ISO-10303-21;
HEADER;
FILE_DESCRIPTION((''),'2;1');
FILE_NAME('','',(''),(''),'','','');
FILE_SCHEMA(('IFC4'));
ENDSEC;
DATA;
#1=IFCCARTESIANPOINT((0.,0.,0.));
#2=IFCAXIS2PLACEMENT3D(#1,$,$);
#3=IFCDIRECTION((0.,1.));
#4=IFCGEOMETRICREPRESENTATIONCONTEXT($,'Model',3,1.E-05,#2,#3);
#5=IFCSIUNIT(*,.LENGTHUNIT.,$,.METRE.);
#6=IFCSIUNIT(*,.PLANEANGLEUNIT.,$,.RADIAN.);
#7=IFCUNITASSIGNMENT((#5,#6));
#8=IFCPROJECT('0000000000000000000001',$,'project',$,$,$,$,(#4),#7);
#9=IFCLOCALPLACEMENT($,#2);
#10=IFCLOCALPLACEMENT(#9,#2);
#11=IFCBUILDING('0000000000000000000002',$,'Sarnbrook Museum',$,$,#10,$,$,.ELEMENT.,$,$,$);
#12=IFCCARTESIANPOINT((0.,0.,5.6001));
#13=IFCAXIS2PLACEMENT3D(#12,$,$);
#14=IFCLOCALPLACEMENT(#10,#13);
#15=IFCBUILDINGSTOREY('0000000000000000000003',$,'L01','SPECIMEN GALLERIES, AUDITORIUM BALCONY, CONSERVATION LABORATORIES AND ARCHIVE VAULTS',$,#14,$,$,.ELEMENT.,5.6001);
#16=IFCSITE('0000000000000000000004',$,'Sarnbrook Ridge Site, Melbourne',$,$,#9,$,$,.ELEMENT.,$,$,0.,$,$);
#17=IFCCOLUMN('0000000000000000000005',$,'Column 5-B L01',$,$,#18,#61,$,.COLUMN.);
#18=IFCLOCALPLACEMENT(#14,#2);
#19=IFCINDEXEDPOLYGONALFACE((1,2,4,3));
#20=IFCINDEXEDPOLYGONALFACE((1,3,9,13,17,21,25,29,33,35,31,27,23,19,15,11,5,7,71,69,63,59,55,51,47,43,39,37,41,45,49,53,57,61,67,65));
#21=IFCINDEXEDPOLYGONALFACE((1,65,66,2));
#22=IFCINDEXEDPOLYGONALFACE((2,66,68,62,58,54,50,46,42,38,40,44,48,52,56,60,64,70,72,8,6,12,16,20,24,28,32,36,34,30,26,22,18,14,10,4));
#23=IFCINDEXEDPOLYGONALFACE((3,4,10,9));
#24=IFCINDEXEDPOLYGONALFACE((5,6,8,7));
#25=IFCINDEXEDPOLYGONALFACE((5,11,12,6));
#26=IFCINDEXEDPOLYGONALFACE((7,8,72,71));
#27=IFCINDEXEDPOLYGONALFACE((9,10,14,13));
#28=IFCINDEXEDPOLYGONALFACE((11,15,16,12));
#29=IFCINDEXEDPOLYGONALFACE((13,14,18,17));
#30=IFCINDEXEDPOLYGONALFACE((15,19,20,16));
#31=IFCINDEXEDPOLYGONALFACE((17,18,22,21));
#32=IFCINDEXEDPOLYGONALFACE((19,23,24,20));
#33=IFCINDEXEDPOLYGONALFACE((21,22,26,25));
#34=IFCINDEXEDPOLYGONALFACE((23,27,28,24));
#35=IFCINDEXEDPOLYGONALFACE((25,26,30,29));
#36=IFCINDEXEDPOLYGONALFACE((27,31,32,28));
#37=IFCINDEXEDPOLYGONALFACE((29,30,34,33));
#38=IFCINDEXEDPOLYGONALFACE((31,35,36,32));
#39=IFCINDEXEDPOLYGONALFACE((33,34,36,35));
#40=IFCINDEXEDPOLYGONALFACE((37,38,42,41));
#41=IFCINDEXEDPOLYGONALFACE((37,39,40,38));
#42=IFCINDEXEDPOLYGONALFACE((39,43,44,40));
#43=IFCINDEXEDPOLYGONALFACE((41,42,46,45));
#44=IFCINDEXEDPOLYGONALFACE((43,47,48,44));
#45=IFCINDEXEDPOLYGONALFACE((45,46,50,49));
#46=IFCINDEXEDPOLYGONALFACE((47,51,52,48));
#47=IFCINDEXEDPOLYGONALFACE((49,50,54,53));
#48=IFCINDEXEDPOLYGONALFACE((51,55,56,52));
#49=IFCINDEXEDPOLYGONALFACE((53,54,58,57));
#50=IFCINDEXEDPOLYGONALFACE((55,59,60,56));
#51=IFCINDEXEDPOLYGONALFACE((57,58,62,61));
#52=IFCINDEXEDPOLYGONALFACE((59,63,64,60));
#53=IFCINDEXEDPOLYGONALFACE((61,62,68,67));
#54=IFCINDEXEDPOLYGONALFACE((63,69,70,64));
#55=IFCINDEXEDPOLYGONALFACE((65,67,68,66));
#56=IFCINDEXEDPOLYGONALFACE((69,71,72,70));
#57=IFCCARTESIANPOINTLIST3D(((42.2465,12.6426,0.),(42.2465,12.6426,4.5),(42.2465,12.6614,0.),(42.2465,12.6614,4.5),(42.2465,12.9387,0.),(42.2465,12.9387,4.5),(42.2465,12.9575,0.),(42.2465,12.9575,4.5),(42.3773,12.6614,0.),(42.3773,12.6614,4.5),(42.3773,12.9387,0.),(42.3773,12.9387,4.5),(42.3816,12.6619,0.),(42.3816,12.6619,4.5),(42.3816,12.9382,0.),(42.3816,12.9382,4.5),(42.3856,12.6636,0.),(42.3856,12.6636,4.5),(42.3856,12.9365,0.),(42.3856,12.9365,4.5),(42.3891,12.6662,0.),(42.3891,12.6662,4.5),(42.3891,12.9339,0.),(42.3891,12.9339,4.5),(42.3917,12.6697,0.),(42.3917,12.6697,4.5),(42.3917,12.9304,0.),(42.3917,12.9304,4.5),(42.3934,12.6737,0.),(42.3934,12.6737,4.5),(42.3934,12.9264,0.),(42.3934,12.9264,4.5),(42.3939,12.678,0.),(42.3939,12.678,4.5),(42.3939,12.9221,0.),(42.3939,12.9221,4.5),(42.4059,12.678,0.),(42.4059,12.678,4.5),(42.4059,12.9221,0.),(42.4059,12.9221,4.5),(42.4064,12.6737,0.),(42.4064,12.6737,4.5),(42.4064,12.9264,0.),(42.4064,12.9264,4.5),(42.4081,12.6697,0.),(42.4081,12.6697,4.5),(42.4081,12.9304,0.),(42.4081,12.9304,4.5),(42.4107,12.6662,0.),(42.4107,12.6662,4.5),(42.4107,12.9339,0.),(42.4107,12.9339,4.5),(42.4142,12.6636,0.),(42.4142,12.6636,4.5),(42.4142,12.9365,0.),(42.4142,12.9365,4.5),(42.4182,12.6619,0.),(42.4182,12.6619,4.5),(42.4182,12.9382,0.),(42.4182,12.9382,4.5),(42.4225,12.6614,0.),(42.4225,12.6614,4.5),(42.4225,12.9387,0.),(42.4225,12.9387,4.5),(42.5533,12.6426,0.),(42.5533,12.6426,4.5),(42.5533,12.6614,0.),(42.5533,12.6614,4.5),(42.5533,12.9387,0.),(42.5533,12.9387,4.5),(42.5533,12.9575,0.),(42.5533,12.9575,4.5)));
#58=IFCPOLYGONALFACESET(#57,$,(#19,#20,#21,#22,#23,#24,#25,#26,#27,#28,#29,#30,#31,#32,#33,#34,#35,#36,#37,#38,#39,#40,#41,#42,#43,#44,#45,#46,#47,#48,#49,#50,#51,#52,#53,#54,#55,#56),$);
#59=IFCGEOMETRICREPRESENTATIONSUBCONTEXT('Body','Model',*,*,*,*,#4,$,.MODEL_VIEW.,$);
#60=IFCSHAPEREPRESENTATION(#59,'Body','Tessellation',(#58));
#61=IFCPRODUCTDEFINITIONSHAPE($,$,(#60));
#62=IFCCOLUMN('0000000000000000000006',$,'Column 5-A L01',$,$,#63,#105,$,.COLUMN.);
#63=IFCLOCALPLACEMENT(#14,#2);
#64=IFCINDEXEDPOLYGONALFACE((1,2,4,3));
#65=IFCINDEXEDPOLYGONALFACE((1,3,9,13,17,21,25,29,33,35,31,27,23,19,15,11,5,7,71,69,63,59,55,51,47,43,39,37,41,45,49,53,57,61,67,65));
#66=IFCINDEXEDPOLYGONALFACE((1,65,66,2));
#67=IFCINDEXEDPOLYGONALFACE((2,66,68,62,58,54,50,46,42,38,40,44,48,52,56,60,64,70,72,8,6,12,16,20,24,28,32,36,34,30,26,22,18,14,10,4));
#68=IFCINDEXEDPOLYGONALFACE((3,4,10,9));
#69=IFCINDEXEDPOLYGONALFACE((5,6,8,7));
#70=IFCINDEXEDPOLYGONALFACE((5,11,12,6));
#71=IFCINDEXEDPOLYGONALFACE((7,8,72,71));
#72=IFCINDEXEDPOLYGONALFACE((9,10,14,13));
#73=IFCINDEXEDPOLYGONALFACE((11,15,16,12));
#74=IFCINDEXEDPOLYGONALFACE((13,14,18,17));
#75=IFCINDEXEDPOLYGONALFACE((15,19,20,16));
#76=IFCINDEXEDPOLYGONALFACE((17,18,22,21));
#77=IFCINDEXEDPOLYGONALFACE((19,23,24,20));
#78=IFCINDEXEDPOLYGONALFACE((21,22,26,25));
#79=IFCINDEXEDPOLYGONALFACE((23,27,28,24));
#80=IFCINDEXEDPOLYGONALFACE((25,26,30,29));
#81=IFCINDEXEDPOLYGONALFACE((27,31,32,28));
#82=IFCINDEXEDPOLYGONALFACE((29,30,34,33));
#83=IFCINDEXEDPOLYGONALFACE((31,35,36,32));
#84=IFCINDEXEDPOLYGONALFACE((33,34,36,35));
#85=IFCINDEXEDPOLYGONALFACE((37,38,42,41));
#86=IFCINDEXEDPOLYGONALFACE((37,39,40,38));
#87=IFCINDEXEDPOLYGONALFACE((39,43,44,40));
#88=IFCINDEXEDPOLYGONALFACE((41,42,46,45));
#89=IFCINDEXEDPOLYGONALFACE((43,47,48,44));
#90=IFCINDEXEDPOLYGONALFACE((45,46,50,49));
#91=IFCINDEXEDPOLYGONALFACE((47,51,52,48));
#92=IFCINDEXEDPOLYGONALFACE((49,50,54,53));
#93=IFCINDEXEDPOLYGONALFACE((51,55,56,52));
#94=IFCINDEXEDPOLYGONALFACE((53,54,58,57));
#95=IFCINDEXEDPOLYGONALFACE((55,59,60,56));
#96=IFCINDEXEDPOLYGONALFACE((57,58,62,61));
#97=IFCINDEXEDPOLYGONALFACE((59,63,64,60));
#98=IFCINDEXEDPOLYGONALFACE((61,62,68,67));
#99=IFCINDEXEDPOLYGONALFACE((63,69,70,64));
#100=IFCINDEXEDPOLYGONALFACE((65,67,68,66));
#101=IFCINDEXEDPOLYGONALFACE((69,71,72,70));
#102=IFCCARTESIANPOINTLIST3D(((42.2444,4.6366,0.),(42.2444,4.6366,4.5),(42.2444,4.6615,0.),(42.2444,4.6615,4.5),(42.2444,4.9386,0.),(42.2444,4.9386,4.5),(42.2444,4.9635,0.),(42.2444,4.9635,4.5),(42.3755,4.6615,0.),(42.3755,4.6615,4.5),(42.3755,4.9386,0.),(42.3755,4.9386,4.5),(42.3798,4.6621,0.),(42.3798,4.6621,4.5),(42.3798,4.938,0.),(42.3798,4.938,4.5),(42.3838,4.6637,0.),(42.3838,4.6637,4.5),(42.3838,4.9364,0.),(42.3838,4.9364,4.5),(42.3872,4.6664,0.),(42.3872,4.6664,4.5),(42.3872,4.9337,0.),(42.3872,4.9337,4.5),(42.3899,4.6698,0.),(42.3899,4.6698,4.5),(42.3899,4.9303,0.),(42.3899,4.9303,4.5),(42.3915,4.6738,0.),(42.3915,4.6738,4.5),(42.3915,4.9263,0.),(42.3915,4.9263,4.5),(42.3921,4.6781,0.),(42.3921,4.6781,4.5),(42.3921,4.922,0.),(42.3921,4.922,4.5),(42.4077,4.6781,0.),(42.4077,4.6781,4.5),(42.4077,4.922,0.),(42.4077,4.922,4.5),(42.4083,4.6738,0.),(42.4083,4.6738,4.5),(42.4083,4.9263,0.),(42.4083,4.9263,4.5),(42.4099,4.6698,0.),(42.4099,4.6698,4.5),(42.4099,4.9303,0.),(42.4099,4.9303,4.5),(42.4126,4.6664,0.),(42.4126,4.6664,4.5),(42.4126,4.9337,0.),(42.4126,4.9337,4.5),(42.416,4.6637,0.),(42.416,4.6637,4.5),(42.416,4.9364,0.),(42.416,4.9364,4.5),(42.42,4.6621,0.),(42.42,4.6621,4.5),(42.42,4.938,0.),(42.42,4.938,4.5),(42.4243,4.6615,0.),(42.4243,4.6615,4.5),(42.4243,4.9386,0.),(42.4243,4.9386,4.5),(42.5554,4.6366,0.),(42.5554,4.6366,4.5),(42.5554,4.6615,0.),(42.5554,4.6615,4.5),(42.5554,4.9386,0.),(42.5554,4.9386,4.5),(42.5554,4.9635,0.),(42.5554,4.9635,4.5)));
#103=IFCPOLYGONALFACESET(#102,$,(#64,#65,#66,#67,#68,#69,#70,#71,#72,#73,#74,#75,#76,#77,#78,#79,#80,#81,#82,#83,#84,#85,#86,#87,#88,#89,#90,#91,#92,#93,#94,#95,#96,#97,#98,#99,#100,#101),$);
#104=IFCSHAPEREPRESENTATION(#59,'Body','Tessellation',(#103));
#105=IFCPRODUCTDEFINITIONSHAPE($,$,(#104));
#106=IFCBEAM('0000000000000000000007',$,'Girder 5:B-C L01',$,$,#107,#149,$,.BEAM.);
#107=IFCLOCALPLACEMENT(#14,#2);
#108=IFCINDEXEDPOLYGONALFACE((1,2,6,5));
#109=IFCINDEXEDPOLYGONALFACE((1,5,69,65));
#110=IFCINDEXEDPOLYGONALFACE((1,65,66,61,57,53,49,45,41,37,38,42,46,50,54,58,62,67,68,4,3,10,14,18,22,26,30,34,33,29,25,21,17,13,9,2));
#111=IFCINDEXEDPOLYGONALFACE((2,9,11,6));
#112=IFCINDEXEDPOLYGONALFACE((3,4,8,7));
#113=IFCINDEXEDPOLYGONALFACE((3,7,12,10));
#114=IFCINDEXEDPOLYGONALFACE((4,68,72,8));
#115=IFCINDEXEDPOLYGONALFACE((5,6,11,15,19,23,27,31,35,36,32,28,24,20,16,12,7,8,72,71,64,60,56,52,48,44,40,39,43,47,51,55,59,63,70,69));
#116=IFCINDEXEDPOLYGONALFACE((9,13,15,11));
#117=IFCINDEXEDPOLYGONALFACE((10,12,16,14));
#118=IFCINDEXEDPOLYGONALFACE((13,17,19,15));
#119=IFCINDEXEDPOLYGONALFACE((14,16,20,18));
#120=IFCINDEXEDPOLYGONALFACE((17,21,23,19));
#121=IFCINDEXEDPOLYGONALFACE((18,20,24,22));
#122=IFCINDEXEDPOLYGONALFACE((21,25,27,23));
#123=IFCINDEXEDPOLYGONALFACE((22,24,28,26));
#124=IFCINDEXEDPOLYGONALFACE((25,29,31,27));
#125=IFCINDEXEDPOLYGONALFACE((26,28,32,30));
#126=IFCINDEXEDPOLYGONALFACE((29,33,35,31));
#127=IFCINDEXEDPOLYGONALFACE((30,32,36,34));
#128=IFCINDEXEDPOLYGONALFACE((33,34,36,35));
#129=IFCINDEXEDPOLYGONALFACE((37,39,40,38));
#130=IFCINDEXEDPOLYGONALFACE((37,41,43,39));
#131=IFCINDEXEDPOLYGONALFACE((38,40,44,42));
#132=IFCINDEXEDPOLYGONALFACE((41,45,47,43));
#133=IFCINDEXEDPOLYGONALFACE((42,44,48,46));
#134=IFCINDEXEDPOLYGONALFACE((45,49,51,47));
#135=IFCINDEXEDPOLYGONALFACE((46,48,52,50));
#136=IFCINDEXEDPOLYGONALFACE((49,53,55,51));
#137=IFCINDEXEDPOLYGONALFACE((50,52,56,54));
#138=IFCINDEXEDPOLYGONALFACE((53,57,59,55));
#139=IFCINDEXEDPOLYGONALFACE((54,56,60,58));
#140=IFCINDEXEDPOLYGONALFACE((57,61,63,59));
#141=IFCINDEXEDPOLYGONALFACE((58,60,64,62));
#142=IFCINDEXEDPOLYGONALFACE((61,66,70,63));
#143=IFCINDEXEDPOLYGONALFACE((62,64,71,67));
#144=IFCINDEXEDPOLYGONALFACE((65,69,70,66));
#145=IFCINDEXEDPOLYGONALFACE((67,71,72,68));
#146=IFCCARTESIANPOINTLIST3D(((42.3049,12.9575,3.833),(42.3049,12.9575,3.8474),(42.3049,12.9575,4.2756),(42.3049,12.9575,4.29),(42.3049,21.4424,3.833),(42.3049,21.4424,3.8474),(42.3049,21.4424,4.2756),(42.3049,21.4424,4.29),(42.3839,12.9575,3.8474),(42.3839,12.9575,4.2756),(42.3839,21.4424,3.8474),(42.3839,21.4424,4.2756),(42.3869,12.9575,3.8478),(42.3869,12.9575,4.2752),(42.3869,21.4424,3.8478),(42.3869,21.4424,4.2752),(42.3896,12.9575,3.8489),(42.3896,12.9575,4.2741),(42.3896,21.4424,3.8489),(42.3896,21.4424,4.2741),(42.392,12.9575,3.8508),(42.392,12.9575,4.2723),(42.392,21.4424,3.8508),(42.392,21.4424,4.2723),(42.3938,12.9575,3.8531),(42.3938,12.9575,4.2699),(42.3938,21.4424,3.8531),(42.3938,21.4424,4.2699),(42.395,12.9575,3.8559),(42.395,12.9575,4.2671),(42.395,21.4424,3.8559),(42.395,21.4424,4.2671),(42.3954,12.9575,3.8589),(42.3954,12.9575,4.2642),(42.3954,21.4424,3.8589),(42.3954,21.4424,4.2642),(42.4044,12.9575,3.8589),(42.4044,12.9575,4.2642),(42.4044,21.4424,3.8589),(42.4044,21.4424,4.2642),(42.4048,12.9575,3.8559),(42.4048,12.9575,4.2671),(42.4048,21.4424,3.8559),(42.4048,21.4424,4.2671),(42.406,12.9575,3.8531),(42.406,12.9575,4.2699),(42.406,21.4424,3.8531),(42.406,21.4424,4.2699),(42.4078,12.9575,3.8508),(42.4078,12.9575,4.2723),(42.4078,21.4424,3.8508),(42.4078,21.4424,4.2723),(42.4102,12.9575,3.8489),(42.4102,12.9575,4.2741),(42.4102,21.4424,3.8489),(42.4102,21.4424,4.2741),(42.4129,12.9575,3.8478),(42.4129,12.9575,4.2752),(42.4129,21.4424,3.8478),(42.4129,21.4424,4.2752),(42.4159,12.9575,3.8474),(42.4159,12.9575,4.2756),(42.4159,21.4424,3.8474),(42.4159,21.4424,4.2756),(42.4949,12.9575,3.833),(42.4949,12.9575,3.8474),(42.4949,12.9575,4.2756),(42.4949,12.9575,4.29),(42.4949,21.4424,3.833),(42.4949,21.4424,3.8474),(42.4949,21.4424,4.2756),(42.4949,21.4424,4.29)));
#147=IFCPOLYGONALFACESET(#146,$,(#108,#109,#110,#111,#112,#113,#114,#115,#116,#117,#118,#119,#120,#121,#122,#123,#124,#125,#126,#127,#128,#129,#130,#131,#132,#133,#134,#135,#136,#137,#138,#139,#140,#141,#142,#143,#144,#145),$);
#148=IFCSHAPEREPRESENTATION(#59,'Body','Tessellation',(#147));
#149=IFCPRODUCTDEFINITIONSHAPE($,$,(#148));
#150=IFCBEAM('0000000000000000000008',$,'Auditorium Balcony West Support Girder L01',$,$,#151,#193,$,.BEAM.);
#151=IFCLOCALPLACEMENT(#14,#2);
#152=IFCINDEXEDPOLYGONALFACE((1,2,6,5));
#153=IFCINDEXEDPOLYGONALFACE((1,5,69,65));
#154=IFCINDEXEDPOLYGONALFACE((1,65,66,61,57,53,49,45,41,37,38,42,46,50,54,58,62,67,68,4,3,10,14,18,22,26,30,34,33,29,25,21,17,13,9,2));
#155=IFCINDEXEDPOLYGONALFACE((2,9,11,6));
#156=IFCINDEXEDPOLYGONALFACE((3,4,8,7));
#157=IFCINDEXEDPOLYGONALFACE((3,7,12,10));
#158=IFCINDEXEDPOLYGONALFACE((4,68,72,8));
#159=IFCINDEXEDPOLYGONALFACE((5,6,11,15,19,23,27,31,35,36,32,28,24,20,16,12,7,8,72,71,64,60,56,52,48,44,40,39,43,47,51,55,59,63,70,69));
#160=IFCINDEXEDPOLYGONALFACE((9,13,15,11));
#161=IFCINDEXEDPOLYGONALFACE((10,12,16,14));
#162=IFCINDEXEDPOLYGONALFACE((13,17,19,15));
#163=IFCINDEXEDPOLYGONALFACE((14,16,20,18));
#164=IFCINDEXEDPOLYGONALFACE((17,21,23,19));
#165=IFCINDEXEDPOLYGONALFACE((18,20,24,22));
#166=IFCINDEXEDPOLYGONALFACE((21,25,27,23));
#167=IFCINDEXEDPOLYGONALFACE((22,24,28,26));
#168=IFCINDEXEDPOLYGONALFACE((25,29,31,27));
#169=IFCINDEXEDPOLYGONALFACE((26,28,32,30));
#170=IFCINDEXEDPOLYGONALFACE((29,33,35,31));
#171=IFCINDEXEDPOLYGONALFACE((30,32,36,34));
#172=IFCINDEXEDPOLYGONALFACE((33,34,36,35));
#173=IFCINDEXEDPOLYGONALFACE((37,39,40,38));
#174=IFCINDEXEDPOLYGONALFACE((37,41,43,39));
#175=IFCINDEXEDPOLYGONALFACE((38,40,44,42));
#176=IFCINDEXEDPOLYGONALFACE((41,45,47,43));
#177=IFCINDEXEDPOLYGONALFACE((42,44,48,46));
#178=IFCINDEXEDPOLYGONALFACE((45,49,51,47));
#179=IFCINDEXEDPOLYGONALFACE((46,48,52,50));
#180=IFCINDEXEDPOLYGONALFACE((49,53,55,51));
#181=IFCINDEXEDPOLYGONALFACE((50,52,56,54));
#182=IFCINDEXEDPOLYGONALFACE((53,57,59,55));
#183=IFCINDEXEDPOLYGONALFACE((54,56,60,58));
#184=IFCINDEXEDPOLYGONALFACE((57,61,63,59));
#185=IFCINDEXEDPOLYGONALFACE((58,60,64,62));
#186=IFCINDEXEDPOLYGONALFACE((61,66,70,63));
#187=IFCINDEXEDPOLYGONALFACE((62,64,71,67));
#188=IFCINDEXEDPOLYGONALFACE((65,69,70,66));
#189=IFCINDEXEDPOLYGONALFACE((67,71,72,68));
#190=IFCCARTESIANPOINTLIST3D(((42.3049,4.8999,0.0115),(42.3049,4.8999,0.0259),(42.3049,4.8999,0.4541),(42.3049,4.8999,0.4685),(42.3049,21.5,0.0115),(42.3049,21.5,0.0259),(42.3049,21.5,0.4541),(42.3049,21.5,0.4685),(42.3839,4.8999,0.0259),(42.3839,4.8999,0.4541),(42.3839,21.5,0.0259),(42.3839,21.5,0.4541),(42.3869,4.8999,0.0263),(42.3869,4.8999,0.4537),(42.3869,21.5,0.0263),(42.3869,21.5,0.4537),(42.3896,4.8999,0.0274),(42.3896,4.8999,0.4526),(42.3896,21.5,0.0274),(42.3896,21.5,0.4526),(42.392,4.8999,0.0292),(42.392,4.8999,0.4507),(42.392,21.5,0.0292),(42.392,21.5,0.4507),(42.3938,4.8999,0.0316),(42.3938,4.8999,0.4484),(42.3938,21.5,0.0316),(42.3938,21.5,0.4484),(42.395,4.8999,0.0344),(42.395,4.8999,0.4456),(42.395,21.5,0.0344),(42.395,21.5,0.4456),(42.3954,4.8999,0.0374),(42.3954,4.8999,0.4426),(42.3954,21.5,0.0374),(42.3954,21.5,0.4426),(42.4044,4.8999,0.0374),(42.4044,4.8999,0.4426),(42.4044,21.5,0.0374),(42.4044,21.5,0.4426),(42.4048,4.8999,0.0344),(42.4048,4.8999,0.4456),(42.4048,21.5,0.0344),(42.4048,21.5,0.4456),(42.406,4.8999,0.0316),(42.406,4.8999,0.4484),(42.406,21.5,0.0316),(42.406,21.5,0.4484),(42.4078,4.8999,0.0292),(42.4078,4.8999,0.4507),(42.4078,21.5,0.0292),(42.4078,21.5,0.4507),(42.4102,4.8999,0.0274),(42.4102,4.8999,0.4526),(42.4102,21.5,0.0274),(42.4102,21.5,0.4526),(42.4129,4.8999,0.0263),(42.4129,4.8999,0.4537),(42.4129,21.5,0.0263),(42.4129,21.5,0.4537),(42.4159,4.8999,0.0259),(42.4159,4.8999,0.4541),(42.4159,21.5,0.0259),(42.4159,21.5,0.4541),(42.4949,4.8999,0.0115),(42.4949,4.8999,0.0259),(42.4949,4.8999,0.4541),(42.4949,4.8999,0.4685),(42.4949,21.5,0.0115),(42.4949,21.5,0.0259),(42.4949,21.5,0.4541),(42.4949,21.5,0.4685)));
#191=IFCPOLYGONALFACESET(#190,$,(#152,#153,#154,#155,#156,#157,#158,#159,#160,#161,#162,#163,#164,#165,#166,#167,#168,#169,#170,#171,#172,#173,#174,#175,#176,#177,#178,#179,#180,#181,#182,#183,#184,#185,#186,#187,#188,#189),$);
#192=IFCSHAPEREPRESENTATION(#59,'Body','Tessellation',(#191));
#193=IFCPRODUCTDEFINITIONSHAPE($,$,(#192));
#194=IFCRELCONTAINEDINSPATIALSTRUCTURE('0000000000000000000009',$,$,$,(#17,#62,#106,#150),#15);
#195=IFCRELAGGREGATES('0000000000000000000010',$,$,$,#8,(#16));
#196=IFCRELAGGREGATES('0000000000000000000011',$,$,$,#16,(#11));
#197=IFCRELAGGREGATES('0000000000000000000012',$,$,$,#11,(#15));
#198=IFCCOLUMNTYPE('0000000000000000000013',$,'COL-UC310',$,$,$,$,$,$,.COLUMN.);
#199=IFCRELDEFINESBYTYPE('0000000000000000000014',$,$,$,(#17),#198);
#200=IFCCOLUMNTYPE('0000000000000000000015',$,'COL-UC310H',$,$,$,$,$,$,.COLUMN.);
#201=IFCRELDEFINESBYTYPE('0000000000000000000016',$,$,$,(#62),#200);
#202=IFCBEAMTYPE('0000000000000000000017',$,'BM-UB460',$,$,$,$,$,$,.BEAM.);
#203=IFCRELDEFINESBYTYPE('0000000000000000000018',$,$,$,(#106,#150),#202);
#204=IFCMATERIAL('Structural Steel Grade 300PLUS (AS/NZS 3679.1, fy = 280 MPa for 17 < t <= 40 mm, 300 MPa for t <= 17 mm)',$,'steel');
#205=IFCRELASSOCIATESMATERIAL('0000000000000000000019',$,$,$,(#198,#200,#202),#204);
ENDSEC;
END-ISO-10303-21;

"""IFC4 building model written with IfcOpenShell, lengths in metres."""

from ifc_helpers import new_model, si_unit, direction, frame, origin, origin_2d, place, context, subcontext, project, spatial, i_section, extrude, material, material_profile, profile_set, type_object, element, save


model = new_model("IFC4")

# Units and contexts
model_context = context("Model", 3, precision=1e-05, world=origin(), true_north=direction((0.0, 1.0)))
body_context = subcontext(model_context, "Body", "Model", "MODEL_VIEW")
ifc_project = project(units=[si_unit("LENGTHUNIT", "METRE"), si_unit("PLANEANGLEUNIT", "RADIAN")], contexts=[model_context])

# Site, building, storey
site_placement = place(None, origin())
site = spatial("IfcSite", under=ifc_project, at=site_placement, Name="Sarnbrook Ridge Site, Melbourne", CompositionType="ELEMENT", RefElevation=0.0)
building_placement = place(site_placement, origin())
building = spatial("IfcBuilding", under=site, at=building_placement, Name="Sarnbrook Museum", CompositionType="ELEMENT")
storey_placement = place(building_placement, frame((0.0, 0.0, 5.6001)))
storey = spatial("IfcBuildingStorey", under=building, at=storey_placement, Name="L01", Description="SPECIMEN GALLERIES, AUDITORIUM BALCONY, CONSERVATION LABORATORIES AND ARCHIVE VAULTS", CompositionType="ELEMENT", Elevation=5.6001)

# Columns
ifc_material_1 = material(Name="Structural Steel Grade 300PLUS (AS/NZS 3679.1, fy = 280 MPa for 17 < t <= 40 mm, 300 MPa for t <= 17 mm)", Category="steel")
ifc_material_profile_1 = material_profile(ifc_material_1, i_section(OverallWidth=0.3069, OverallDepth=0.3149, WebThickness=0.012, FlangeThickness=0.0188, FilletRadius=0.0166, at=origin_2d()), Name="310UC118")
ifc_profile_set_1 = profile_set([ifc_material_profile_1], Name="Structural Steel Grade 300PLUS (AS/NZS 3679.1, fy = 280 MPa for 17 < t <= 40 mm, 300 MPa for t <= 17 mm)")
column_type_1 = type_object("IfcColumnType", Name="COL-UC310", PredefinedType="COLUMN", material=ifc_profile_set_1)
column_1_placement = place(storey_placement, frame((42.3999, 12.8, 0.0), z_axis=(0.0, 0.0, 1.0), x_axis=(1.0, 0.0, 0.0)))
element("IfcColumn", 1, at=column_1_placement, inside=storey, type_object=column_type_1, Name="Column 5-B L01", PredefinedType="COLUMN", context=body_context, shape_type="SweptSolid", body=[
    extrude(i_section(OverallWidth=0.3069, OverallDepth=0.3149, WebThickness=0.012, FlangeThickness=0.0188, FilletRadius=0.0166, at=origin_2d()), origin(), (0.0, 0.0, 1.0), 4.5),
])
ifc_material_profile_2 = material_profile(ifc_material_1, i_section(OverallWidth=0.311, OverallDepth=0.3269, WebThickness=0.0156, FlangeThickness=0.0249, FilletRadius=0.0166, at=origin_2d()), Name="310UC158")
ifc_profile_set_2 = profile_set([ifc_material_profile_2], Name="Structural Steel Grade 300PLUS (AS/NZS 3679.1, fy = 280 MPa for 17 < t <= 40 mm, 300 MPa for t <= 17 mm)")
column_type_2 = type_object("IfcColumnType", Name="COL-UC310H", PredefinedType="COLUMN", material=ifc_profile_set_2)
column_2_placement = place(storey_placement, frame((42.3999, 4.8, 0.0), z_axis=(0.0, 0.0, 1.0), x_axis=(1.0, 0.0, 0.0)))
element("IfcColumn", 2, at=column_2_placement, inside=storey, type_object=column_type_2, Name="Column 5-A L01", PredefinedType="COLUMN", context=body_context, shape_type="SweptSolid", body=[
    extrude(i_section(OverallWidth=0.311, OverallDepth=0.3269, WebThickness=0.0156, FlangeThickness=0.0249, FilletRadius=0.0166, at=origin_2d()), origin(), (0.0, 0.0, 1.0), 4.5),
])

# Beams
ifc_material_profile_3 = material_profile(ifc_material_1, i_section(OverallWidth=0.1899, OverallDepth=0.457, WebThickness=0.009, FlangeThickness=0.0144, FilletRadius=0.0115, at=origin_2d()), Name="460UB74.6")
ifc_profile_set_3 = profile_set([ifc_material_profile_3], Name="Structural Steel Grade 300PLUS (AS/NZS 3679.1, fy = 280 MPa for 17 < t <= 40 mm, 300 MPa for t <= 17 mm)")
beam_type_1 = type_object("IfcBeamType", Name="BM-UB460", PredefinedType="BEAM", material=ifc_profile_set_3)
beam_1_placement = place(storey_placement, frame((42.3999, 12.9575, 4.0615), z_axis=(0.0, 1.0, 0.0), x_axis=(-1.0, 0.0, 0.0)))
element("IfcBeam", 3, at=beam_1_placement, inside=storey, type_object=beam_type_1, Name="Girder 5:B-C L01", PredefinedType="BEAM", context=body_context, shape_type="SweptSolid", body=[
    extrude(i_section(OverallWidth=0.1899, OverallDepth=0.457, WebThickness=0.009, FlangeThickness=0.0144, FilletRadius=0.0115, at=origin_2d()), origin(), (0.0, 0.0, 1.0), 8.4849),
])
beam_2_placement = place(storey_placement, frame((42.3999, 4.8999, 0.24), z_axis=(0.0, 1.0, 0.0), x_axis=(-1.0, 0.0, 0.0)))
element("IfcBeam", 4, at=beam_2_placement, inside=storey, type_object=beam_type_1, Name="Auditorium Balcony West Support Girder L01", PredefinedType="BEAM", context=body_context, shape_type="SweptSolid", body=[
    extrude(i_section(OverallWidth=0.1899, OverallDepth=0.457, WebThickness=0.009, FlangeThickness=0.0144, FilletRadius=0.0115, at=origin_2d()), origin(), (0.0, 0.0, 1.0), 16.6001),
])

save(model, "model.ifc")
